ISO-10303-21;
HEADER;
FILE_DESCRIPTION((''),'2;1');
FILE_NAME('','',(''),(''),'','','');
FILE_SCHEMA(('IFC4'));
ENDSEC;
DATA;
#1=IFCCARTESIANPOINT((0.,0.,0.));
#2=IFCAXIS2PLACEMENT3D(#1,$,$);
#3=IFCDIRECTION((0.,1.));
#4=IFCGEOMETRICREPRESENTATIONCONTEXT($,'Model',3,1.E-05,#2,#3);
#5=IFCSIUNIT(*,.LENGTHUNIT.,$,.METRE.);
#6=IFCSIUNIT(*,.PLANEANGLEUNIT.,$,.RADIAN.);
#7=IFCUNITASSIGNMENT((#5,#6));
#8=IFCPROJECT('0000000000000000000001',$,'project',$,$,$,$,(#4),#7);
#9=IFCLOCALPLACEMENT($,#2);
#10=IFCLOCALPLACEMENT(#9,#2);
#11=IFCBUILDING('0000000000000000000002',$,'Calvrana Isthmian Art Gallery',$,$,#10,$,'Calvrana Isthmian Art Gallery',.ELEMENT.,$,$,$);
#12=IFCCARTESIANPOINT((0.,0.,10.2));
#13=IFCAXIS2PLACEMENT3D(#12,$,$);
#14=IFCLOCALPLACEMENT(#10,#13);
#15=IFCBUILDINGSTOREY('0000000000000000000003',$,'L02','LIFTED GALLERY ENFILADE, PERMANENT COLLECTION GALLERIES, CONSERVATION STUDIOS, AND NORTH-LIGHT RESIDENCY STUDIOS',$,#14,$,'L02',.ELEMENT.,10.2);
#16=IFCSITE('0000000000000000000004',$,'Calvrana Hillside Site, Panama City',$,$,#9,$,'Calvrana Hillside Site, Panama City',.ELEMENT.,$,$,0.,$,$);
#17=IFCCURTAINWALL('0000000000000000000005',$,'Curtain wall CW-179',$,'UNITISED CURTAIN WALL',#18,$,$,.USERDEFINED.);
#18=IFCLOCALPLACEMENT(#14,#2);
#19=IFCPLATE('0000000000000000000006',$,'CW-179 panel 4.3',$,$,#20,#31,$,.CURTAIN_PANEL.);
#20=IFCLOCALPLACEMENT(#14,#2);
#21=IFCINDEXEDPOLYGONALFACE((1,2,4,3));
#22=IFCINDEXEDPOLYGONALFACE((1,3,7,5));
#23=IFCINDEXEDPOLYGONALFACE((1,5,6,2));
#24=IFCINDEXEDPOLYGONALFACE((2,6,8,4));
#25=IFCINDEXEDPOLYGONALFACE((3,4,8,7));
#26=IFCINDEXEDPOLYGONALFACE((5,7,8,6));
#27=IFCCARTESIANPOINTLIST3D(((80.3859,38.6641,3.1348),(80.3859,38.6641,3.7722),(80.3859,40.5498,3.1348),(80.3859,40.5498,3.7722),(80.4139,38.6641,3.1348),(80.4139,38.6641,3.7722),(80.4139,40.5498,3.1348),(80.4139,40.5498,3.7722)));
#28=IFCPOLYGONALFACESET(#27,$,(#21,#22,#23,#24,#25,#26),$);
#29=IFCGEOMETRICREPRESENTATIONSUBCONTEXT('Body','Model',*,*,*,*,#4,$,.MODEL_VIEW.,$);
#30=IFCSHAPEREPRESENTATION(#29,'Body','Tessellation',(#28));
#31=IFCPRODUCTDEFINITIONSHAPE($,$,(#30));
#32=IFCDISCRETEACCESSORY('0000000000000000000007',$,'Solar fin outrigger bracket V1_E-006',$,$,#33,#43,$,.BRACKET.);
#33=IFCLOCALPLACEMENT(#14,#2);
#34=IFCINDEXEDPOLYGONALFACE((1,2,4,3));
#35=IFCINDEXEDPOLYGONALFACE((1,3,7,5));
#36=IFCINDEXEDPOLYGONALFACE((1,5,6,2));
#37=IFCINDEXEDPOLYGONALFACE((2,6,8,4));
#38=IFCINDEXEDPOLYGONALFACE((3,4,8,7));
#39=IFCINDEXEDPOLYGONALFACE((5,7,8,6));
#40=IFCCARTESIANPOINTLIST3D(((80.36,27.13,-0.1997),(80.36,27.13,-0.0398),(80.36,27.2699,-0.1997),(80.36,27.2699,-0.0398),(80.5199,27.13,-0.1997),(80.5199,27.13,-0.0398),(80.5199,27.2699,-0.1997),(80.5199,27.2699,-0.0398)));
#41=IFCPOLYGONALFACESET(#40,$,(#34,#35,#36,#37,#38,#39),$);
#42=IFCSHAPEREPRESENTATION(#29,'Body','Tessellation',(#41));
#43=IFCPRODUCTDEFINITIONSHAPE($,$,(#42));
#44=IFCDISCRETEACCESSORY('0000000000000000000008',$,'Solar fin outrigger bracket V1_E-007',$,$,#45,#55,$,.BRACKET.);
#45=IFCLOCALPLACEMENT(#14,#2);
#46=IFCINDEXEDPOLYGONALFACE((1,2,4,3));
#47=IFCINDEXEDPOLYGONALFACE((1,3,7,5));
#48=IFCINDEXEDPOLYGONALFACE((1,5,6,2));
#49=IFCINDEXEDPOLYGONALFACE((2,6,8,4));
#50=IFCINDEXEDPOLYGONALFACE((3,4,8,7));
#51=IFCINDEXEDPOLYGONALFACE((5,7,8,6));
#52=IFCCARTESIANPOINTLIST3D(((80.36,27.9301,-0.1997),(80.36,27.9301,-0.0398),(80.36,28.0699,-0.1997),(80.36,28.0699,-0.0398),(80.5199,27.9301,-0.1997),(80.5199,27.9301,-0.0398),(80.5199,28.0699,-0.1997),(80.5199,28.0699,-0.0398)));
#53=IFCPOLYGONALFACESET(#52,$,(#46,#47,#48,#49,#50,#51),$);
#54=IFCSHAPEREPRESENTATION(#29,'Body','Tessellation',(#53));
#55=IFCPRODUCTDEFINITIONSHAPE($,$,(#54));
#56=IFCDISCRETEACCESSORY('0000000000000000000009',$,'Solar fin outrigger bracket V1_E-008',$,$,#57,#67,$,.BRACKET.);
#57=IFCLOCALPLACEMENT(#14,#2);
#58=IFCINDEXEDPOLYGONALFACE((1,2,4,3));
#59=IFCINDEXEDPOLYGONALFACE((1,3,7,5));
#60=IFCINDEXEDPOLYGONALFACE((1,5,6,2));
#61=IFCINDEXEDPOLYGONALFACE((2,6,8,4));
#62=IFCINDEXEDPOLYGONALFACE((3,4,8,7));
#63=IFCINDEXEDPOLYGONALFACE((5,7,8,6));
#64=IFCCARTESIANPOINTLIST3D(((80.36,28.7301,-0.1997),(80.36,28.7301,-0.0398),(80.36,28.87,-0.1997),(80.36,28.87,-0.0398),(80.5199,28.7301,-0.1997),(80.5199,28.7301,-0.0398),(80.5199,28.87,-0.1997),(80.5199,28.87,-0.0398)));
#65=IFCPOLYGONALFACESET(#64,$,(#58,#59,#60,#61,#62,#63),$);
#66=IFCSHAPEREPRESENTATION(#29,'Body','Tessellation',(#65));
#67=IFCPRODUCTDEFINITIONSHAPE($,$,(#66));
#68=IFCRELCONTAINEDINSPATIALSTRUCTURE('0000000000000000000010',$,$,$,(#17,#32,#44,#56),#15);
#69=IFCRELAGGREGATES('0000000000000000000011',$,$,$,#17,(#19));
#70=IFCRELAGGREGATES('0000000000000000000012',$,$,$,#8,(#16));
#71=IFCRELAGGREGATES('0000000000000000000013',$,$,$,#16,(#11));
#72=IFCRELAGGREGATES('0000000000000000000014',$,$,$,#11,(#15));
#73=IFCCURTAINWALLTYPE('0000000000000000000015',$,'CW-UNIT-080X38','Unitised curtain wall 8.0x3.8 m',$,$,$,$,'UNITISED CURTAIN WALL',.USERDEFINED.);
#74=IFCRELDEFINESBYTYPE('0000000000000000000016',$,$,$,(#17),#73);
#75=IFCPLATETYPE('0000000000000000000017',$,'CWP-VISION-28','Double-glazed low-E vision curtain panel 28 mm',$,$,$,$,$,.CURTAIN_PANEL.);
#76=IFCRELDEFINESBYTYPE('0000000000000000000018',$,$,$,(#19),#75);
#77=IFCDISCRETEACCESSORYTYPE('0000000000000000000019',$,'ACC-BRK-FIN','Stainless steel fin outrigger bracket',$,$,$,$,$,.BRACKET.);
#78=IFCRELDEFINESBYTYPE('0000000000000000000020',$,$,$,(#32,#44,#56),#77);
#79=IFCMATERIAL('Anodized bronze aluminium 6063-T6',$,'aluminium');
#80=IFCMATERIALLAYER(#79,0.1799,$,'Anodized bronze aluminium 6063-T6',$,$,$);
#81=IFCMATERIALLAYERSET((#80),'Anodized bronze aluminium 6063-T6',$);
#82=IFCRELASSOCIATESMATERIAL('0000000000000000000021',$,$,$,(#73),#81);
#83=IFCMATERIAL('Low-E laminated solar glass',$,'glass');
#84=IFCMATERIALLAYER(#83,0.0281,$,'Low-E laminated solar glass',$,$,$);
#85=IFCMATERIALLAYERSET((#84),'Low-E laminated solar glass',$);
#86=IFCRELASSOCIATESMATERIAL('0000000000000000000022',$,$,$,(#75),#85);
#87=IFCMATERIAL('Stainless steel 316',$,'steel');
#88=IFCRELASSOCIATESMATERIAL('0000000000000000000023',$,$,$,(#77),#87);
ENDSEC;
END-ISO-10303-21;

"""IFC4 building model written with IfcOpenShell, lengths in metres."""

from ifc_helpers import new_model, si_unit, direction, frame, origin, origin_2d, place, context, subcontext, project, spatial, rectangle, extrude, material, layer, layer_set, type_object, element, aggregate, save


model = new_model("IFC4")

# Units and contexts
model_context = context("Model", 3, precision=1e-05, world=origin(), true_north=direction((0.0, 1.0)))
body_context = subcontext(model_context, "Body", "Model", "MODEL_VIEW")
ifc_project = project(units=[si_unit("LENGTHUNIT", "METRE"), si_unit("PLANEANGLEUNIT", "RADIAN")], contexts=[model_context])

# Site, building, storey
site_placement = place(None, origin())
site = spatial("IfcSite", under=ifc_project, at=site_placement, Name="Calvrana Hillside Site, Panama City", LongName="Calvrana Hillside Site, Panama City", CompositionType="ELEMENT", RefElevation=0.0)
building_placement = place(site_placement, origin())
building = spatial("IfcBuilding", under=site, at=building_placement, Name="Calvrana Isthmian Art Gallery", LongName="Calvrana Isthmian Art Gallery", CompositionType="ELEMENT")
storey_placement = place(building_placement, frame((0.0, 0.0, 10.2)))
storey = spatial("IfcBuildingStorey", under=building, at=storey_placement, Name="L02", Description="LIFTED GALLERY ENFILADE, PERMANENT COLLECTION GALLERIES, CONSERVATION STUDIOS, AND NORTH-LIGHT RESIDENCY STUDIOS", LongName="L02", CompositionType="ELEMENT", Elevation=10.2)

# Shared definitions
ifc_material_1 = material(Name="Anodized bronze aluminium 6063-T6", Category="aluminium")

# Curtain wall
ifc_layer_1 = layer(ifc_material_1, 0.1799, Name="Anodized bronze aluminium 6063-T6")
ifc_layer_set_1 = layer_set([ifc_layer_1], Name="Anodized bronze aluminium 6063-T6")
curtain_wall_type_1 = type_object("IfcCurtainWallType", Name="CW-UNIT-080X38", Description="Unitised curtain wall 8.0x3.8 m", ElementType="UNITISED CURTAIN WALL", PredefinedType="USERDEFINED", material=ifc_layer_set_1)
curtain_wall_1_placement = place(storey_placement, origin())
curtain_wall_1 = element("IfcCurtainWall", 1, at=curtain_wall_1_placement, inside=storey, type_object=curtain_wall_type_1, Name="Curtain wall CW-179", ObjectType="UNITISED CURTAIN WALL", PredefinedType="USERDEFINED")

# Plate
ifc_material_2 = material(Name="Low-E laminated solar glass", Category="glass")
ifc_layer_2 = layer(ifc_material_2, 0.0281, Name="Low-E laminated solar glass")
ifc_layer_set_2 = layer_set([ifc_layer_2], Name="Low-E laminated solar glass")
plate_type = type_object("IfcPlateType", Name="CWP-VISION-28", Description="Double-glazed low-E vision curtain panel 28 mm", PredefinedType="CURTAIN_PANEL", material=ifc_layer_set_2)
plate_1_placement = place(storey_placement, frame((80.3999, 39.6069, 3.1348), z_axis=(0.0, 0.0, 1.0), x_axis=(0.0, -1.0, 0.0)))
plate_1 = element("IfcPlate", 2, at=plate_1_placement, type_object=plate_type, Name="CW-179 panel 4.3", PredefinedType="CURTAIN_PANEL", context=body_context, shape_type="SweptSolid", body=[
    extrude(rectangle(XDim=1.8857, YDim=0.0281, at=origin_2d()), origin(), (0.0, 0.0, 1.0), 0.6375),
])
aggregate(curtain_wall_1, [plate_1])

# Discrete accessories
ifc_material_3 = material(Name="Stainless steel 316", Category="steel")
discrete_accessory_type = type_object("IfcDiscreteAccessoryType", Name="ACC-BRK-FIN", Description="Stainless steel fin outrigger bracket", PredefinedType="BRACKET", material=ifc_material_3)
for number, where, z_axis, x_axis, name in (
    (3, (80.4399, 27.2, -0.1997), (0.0, 0.0, 1.0), (1.0, 0.0, 0.0), "Solar fin outrigger bracket V1_E-006"),
    (4, (80.4399, 28.0, -0.1997), (0.0, 0.0, 1.0), (1.0, 0.0, 0.0), "Solar fin outrigger bracket V1_E-007"),
    (5, (80.4399, 28.8, -0.1997), (0.0, 0.0, 1.0), (1.0, 0.0, 0.0), "Solar fin outrigger bracket V1_E-008"),
):
    element("IfcDiscreteAccessory", number, at=place(storey_placement, frame(where, z_axis=z_axis, x_axis=x_axis)), inside=storey, type_object=discrete_accessory_type, Name=name, PredefinedType="BRACKET", context=body_context, shape_type="SweptSolid", body=[
        extrude(rectangle(XDim=0.1599, YDim=0.1399, at=origin_2d()), origin(), (0.0, 0.0, 1.0), 0.1599),
    ])

save(model, "model.ifc")
